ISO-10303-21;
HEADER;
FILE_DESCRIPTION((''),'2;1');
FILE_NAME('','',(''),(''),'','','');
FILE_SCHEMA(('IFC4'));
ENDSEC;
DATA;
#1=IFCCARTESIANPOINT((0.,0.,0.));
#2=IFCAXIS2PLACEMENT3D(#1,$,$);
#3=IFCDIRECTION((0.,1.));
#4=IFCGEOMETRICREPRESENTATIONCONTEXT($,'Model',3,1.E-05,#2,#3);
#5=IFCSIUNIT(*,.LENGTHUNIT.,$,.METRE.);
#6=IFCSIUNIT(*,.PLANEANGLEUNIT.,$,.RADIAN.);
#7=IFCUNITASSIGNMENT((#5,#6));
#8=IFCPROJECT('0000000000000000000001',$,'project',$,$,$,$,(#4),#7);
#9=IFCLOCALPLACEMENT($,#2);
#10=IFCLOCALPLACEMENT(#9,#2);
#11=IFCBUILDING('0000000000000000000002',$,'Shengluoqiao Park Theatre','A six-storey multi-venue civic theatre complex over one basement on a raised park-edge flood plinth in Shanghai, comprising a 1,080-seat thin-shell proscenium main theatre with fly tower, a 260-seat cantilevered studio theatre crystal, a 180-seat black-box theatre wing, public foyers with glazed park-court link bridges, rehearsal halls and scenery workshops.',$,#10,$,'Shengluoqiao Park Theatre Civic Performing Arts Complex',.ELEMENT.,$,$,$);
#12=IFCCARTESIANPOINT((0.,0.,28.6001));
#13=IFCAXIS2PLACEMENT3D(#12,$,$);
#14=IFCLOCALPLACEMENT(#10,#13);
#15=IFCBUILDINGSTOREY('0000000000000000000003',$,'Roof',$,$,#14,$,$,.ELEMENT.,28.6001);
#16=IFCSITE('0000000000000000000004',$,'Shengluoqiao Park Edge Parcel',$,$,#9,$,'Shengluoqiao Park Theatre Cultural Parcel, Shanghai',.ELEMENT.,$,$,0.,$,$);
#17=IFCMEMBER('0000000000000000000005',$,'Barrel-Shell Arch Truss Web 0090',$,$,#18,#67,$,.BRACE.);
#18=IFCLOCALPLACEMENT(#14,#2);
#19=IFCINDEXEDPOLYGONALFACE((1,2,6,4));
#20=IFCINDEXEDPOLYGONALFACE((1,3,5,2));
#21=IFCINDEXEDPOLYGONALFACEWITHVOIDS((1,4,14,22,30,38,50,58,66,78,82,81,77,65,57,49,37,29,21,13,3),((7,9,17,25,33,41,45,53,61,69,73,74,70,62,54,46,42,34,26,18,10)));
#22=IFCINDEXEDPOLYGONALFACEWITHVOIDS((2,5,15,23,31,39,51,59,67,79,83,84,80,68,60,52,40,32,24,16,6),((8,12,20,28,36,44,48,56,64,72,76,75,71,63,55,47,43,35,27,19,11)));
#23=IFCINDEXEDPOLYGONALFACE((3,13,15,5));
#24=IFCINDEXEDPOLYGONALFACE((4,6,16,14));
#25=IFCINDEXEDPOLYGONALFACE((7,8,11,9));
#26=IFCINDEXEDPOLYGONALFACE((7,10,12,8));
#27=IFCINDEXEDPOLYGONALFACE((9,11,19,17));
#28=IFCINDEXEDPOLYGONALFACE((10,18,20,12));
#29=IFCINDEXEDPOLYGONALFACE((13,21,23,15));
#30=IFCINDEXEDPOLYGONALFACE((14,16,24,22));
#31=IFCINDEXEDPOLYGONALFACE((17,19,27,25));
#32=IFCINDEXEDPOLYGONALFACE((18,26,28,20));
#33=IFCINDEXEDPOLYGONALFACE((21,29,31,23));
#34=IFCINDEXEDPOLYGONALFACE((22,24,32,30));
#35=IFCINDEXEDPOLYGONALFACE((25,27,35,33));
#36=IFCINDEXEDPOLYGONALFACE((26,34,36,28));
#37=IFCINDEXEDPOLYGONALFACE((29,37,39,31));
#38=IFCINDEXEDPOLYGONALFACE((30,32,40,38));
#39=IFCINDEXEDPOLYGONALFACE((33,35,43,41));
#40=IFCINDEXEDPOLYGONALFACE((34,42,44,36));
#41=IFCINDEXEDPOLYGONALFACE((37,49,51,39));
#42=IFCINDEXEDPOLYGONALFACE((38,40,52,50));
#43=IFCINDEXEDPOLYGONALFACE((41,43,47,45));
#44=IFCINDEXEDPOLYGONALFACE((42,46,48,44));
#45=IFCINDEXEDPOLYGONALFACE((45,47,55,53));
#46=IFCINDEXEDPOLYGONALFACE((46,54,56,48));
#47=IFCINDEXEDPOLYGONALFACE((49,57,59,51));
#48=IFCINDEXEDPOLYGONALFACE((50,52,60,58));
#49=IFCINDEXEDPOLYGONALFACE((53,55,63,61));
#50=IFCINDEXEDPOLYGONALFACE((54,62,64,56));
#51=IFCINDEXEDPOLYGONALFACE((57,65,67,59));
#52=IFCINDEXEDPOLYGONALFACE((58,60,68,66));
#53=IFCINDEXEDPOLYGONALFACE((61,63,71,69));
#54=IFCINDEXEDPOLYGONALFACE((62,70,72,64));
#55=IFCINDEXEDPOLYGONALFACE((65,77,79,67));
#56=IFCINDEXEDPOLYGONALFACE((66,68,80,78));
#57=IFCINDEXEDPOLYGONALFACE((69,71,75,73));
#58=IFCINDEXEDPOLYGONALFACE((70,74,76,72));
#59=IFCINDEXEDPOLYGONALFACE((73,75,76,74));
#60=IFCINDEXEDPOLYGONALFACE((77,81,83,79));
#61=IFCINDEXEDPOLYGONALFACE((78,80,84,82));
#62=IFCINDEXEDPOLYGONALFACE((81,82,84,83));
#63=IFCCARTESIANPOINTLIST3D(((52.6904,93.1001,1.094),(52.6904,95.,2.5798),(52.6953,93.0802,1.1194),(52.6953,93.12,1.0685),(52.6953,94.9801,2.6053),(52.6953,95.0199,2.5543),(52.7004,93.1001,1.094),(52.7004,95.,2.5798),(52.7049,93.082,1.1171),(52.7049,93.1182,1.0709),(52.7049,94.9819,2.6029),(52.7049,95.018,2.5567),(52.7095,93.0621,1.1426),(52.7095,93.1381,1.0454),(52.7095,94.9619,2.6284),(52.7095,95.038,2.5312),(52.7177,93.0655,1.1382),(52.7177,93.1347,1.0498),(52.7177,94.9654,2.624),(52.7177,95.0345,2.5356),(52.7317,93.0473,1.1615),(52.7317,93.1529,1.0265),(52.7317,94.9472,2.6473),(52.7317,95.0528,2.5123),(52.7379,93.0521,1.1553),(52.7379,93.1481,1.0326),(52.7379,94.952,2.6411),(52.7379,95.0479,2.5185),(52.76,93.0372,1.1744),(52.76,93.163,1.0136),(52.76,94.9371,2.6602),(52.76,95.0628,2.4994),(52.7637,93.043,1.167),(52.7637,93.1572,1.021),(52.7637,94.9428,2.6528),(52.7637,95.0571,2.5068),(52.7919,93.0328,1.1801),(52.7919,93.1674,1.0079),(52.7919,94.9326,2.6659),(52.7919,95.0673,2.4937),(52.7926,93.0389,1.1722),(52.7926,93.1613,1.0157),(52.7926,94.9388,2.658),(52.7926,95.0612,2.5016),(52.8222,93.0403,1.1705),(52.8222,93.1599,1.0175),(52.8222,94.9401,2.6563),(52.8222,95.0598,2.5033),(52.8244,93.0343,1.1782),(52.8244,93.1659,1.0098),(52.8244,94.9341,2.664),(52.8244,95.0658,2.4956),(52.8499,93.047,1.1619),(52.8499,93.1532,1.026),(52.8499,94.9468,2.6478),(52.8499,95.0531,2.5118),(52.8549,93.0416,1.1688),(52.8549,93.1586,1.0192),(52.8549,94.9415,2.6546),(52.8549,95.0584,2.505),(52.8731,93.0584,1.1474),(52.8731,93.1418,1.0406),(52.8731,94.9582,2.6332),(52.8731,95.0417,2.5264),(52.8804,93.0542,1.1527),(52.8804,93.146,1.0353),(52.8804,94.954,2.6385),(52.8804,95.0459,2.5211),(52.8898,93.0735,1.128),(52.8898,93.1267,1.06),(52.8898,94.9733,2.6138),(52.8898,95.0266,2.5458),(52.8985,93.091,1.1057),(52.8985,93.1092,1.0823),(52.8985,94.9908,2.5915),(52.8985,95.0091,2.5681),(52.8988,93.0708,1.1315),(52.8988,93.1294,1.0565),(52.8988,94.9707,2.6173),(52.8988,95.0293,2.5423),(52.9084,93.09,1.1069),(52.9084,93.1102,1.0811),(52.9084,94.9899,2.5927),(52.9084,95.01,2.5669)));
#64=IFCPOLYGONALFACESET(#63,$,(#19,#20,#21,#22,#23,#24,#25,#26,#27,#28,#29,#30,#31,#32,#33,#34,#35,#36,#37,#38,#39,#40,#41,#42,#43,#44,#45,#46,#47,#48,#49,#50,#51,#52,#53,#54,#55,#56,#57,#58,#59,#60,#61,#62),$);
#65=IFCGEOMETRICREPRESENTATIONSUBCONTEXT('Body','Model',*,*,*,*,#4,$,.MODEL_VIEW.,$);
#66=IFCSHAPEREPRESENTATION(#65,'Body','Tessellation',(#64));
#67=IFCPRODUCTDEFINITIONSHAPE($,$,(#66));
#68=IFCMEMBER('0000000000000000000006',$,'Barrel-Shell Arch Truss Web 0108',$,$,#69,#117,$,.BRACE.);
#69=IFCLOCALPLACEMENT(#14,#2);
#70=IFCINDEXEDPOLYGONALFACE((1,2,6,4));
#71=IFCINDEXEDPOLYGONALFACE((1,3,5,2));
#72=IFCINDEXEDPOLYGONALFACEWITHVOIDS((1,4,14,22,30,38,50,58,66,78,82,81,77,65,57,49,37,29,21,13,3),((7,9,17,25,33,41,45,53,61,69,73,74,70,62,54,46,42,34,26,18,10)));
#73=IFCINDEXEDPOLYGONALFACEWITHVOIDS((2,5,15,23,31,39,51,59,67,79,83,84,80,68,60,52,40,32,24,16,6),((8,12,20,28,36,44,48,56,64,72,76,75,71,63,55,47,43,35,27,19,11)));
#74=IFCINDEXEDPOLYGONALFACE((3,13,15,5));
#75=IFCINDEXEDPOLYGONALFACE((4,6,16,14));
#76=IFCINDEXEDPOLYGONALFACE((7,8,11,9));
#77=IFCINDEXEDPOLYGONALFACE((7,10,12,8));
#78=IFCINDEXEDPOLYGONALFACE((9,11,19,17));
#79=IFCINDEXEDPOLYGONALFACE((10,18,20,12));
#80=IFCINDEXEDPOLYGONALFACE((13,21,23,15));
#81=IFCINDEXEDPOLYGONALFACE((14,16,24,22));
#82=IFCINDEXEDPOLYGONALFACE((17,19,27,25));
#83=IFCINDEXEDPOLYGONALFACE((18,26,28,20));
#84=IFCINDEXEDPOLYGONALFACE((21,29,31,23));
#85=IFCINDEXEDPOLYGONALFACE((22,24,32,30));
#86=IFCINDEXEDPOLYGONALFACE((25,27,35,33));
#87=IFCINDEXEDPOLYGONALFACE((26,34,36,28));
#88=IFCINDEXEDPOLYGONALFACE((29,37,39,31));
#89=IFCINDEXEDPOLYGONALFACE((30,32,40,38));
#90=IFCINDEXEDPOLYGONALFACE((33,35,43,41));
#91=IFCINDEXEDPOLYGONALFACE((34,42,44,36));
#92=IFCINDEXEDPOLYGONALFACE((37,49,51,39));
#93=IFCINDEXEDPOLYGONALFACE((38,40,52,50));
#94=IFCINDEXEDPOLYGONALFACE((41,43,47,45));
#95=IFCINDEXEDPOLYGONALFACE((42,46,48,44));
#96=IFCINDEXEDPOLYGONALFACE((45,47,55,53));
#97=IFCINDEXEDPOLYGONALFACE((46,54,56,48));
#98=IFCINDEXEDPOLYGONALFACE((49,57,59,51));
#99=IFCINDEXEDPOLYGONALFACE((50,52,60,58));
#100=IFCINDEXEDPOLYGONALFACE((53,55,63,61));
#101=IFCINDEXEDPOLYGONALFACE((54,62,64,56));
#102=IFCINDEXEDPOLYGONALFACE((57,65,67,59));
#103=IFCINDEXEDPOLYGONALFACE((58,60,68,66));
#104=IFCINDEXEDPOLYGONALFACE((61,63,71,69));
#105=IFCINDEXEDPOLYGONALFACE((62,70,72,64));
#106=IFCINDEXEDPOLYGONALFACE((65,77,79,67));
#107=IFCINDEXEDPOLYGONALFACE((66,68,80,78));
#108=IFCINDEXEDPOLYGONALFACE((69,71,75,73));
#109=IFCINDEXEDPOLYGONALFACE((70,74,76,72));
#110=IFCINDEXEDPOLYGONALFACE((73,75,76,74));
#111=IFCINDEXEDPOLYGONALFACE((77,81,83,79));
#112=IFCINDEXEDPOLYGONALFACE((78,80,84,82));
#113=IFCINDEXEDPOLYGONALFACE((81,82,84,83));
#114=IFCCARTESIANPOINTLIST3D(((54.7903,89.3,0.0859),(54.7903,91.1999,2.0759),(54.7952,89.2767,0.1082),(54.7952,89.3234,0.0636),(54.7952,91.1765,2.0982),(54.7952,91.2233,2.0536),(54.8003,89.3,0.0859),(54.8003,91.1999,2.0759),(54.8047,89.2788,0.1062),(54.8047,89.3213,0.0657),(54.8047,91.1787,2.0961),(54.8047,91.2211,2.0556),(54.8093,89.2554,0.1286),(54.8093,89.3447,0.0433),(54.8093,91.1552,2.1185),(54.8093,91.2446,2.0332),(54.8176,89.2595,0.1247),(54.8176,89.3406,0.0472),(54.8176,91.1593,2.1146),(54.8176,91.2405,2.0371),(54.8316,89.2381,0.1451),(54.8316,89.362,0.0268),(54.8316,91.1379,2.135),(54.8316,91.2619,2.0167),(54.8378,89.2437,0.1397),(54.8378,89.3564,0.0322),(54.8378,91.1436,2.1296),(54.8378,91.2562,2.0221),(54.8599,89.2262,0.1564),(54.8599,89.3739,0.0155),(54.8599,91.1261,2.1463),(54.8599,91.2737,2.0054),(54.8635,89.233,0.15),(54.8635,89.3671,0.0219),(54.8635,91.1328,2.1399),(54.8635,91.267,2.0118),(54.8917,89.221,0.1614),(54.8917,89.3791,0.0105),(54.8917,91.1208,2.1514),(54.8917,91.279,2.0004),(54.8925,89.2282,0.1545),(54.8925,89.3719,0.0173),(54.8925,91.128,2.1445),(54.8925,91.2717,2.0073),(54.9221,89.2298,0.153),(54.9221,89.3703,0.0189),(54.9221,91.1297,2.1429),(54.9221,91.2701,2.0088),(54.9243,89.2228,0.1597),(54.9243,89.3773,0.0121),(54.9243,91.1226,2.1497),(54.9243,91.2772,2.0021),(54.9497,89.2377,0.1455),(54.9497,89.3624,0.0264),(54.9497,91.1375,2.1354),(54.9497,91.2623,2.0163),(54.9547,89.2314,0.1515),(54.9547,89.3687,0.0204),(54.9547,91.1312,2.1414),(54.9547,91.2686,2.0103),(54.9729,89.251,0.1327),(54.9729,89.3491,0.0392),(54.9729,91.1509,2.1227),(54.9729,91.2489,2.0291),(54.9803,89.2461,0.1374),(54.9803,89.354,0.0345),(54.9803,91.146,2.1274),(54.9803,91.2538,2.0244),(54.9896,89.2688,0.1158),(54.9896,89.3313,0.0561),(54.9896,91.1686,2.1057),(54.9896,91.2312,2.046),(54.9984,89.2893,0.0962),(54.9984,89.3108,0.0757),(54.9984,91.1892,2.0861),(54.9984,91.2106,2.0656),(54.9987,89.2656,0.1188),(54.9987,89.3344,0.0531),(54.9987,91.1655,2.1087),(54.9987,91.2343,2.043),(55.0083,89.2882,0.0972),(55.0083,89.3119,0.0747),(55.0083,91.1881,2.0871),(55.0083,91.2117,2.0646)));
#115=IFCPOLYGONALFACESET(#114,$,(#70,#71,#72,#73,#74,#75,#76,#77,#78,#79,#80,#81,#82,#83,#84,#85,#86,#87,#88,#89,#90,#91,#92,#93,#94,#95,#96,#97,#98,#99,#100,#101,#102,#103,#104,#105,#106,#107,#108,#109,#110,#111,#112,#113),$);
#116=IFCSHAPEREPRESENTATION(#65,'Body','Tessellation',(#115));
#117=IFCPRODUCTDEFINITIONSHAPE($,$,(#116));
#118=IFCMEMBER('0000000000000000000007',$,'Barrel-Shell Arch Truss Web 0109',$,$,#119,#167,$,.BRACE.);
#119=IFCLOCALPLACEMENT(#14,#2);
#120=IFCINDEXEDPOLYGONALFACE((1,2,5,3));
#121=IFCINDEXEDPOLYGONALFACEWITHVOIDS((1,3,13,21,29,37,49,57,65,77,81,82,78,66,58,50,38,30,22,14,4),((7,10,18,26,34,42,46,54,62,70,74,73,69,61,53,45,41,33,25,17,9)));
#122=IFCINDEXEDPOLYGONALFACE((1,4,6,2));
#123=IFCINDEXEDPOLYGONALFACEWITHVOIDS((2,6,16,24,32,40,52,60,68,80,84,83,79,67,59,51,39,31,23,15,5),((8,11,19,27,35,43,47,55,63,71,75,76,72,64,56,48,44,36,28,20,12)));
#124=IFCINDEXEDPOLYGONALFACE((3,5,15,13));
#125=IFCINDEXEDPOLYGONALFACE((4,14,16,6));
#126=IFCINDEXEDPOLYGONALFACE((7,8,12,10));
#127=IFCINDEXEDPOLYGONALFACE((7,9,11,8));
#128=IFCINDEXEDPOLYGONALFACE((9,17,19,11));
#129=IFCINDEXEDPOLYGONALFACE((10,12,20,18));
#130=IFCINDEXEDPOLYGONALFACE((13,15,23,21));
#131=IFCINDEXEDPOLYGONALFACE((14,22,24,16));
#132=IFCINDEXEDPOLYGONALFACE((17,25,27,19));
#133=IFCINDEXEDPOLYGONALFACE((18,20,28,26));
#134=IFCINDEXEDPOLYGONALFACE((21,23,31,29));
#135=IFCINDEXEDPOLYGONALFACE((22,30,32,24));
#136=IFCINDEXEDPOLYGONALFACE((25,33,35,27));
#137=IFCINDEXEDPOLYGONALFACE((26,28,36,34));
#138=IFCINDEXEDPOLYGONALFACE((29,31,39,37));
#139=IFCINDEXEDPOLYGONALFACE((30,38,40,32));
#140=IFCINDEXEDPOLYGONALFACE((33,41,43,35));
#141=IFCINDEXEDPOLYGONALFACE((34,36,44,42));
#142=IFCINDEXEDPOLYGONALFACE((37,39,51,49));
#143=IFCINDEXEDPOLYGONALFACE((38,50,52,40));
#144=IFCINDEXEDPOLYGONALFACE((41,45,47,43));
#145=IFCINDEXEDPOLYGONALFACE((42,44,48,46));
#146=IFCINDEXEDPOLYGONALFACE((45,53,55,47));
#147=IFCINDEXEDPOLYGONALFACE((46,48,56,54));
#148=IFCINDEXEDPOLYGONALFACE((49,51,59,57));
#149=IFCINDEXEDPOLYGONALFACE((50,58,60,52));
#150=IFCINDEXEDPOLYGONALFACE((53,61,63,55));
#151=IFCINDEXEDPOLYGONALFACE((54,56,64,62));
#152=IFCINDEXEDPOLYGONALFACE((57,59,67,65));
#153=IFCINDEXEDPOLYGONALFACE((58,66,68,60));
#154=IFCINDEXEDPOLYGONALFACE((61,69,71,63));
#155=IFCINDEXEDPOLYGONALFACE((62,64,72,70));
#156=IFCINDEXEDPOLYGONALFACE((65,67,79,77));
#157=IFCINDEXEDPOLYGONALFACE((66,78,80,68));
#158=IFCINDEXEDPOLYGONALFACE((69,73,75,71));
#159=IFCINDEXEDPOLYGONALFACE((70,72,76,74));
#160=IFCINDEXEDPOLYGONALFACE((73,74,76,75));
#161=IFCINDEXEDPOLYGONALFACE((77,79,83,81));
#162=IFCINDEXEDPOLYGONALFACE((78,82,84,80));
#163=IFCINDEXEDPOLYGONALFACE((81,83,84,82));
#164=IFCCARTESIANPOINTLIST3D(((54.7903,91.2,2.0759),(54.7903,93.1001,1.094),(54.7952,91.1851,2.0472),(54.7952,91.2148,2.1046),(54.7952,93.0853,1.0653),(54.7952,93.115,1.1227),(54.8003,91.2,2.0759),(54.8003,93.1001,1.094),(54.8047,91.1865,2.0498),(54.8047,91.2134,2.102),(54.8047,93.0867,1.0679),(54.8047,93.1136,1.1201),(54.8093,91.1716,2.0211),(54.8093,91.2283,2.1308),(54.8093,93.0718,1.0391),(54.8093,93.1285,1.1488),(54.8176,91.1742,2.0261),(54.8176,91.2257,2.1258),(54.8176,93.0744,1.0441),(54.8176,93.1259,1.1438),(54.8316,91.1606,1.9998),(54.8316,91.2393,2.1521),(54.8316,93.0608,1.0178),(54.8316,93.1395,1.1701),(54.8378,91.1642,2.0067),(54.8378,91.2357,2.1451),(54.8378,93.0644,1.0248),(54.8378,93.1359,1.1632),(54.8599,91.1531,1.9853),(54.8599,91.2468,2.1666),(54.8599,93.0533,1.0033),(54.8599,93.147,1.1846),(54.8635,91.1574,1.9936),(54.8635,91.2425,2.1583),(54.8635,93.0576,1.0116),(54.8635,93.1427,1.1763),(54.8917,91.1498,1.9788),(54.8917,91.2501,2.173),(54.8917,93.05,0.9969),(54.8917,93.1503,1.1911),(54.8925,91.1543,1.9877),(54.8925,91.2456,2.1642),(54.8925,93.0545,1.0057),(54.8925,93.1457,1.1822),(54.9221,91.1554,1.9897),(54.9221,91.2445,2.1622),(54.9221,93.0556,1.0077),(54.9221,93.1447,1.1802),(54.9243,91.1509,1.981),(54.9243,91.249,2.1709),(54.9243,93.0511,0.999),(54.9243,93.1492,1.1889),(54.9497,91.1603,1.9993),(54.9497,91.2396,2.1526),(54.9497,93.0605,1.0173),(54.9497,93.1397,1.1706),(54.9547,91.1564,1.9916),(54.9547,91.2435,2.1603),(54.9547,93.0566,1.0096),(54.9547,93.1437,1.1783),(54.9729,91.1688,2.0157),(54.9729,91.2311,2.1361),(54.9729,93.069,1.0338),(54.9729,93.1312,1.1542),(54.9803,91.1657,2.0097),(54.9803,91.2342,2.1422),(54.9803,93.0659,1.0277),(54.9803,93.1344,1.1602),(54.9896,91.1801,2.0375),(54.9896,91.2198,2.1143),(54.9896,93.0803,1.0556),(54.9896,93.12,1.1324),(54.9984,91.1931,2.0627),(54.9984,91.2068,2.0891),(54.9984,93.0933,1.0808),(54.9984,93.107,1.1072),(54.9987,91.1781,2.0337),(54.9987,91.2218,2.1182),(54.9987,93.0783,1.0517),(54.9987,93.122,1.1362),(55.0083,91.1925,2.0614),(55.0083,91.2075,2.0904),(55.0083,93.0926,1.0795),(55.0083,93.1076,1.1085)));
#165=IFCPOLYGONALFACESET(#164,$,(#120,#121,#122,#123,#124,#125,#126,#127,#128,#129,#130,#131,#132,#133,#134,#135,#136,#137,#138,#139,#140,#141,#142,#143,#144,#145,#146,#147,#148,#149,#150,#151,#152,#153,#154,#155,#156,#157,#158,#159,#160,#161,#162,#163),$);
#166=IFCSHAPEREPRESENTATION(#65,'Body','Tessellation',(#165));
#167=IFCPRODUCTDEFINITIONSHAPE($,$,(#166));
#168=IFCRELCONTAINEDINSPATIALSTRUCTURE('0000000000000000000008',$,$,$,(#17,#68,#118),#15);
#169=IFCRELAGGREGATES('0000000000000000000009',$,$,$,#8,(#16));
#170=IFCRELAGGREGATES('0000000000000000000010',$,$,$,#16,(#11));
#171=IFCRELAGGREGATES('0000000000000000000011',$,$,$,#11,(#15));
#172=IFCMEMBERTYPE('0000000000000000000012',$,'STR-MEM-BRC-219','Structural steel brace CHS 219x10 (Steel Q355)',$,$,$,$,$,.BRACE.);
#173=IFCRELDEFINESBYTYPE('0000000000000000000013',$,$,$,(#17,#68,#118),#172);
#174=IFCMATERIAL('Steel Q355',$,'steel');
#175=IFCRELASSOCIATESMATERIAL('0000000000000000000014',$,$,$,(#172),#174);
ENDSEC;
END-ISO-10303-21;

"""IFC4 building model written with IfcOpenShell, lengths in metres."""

from ifc_helpers import new_model, si_unit, direction, frame, origin, origin_2d, place, context, subcontext, project, spatial, hollow_circle, extrude, material, material_profile, profile_set, type_object, element, save


model = new_model("IFC4")

# Units and contexts
model_context = context("Model", 3, precision=1e-05, world=origin(), true_north=direction((0.0, 1.0)))
body_context = subcontext(model_context, "Body", "Model", "MODEL_VIEW")
ifc_project = project(units=[si_unit("LENGTHUNIT", "METRE"), si_unit("PLANEANGLEUNIT", "RADIAN")], contexts=[model_context])

# Site, building, storey
site_placement = place(None, origin())
site = spatial("IfcSite", under=ifc_project, at=site_placement, Name="Shengluoqiao Park Edge Parcel", LongName="Shengluoqiao Park Theatre Cultural Parcel, Shanghai", CompositionType="ELEMENT", RefElevation=0.0)
building_placement = place(site_placement, origin())
building = spatial("IfcBuilding", under=site, at=building_placement, Name="Shengluoqiao Park Theatre", Description="A six-storey multi-venue civic theatre complex over one basement on a raised park-edge flood plinth in Shanghai, comprising a 1,080-seat thin-shell proscenium main theatre with fly tower, a 260-seat cantilevered studio theatre crystal, a 180-seat black-box theatre wing, public foyers with glazed park-court link bridges, rehearsal halls and scenery workshops.", LongName="Shengluoqiao Park Theatre Civic Performing Arts Complex", CompositionType="ELEMENT")
storey_placement = place(building_placement, frame((0.0, 0.0, 28.6001)))
storey = spatial("IfcBuildingStorey", under=building, at=storey_placement, Name="Roof", CompositionType="ELEMENT", Elevation=28.6001)

# Shared definitions
ifc_material_1 = material(Name="Steel Q355", Category="steel")

# Members
ifc_material_profile_1 = material_profile(ifc_material_1, hollow_circle(Radius=0.1096, WallThickness=0.01, at=origin_2d()), Name="CHS 219x10")
ifc_profile_set_1 = profile_set([ifc_material_profile_1], Name="Steel Q355")
member_type_1 = type_object("IfcMemberType", Name="STR-MEM-BRC-219", Description="Structural steel brace CHS 219x10 (Steel Q355)", PredefinedType="BRACE", material=ifc_profile_set_1)
member_1_placement = place(storey_placement, frame((52.8, 93.1001, 1.094), z_axis=(0.0, 0.787714, 0.616041), x_axis=(-1.0, 0.0, 0.0)))
element("IfcMember", 1, at=member_1_placement, inside=storey, type_object=member_type_1, Name="Barrel-Shell Arch Truss Web 0090", PredefinedType="BRACE", context=body_context, shape_type="SweptSolid", body=[
    extrude(hollow_circle(Radius=0.1096, WallThickness=0.01, at=origin_2d()), origin(), (0.0, 0.0, 1.0), 2.4119),
])
member_2_placement = place(storey_placement, frame((54.8999, 89.3, 0.0859), z_axis=(0.0, 0.690545, 0.723289), x_axis=(-1.0, 0.0, 0.0)))
element("IfcMember", 2, at=member_2_placement, inside=storey, type_object=member_type_1, Name="Barrel-Shell Arch Truss Web 0108", PredefinedType="BRACE", context=body_context, shape_type="SweptSolid", body=[
    extrude(hollow_circle(Radius=0.1096, WallThickness=0.01, at=origin_2d()), origin(), (0.0, 0.0, 1.0), 2.7512),
])
member_3_placement = place(storey_placement, frame((54.8999, 91.2, 2.0759), z_axis=(0.0, 0.888389, -0.459091), x_axis=(-1.0, 0.0, 0.0)))
element("IfcMember", 3, at=member_3_placement, inside=storey, type_object=member_type_1, Name="Barrel-Shell Arch Truss Web 0109", PredefinedType="BRACE", context=body_context, shape_type="SweptSolid", body=[
    extrude(hollow_circle(Radius=0.1096, WallThickness=0.01, at=origin_2d()), origin(), (0.0, 0.0, 1.0), 2.1389),
])

save(model, "model.ifc")
